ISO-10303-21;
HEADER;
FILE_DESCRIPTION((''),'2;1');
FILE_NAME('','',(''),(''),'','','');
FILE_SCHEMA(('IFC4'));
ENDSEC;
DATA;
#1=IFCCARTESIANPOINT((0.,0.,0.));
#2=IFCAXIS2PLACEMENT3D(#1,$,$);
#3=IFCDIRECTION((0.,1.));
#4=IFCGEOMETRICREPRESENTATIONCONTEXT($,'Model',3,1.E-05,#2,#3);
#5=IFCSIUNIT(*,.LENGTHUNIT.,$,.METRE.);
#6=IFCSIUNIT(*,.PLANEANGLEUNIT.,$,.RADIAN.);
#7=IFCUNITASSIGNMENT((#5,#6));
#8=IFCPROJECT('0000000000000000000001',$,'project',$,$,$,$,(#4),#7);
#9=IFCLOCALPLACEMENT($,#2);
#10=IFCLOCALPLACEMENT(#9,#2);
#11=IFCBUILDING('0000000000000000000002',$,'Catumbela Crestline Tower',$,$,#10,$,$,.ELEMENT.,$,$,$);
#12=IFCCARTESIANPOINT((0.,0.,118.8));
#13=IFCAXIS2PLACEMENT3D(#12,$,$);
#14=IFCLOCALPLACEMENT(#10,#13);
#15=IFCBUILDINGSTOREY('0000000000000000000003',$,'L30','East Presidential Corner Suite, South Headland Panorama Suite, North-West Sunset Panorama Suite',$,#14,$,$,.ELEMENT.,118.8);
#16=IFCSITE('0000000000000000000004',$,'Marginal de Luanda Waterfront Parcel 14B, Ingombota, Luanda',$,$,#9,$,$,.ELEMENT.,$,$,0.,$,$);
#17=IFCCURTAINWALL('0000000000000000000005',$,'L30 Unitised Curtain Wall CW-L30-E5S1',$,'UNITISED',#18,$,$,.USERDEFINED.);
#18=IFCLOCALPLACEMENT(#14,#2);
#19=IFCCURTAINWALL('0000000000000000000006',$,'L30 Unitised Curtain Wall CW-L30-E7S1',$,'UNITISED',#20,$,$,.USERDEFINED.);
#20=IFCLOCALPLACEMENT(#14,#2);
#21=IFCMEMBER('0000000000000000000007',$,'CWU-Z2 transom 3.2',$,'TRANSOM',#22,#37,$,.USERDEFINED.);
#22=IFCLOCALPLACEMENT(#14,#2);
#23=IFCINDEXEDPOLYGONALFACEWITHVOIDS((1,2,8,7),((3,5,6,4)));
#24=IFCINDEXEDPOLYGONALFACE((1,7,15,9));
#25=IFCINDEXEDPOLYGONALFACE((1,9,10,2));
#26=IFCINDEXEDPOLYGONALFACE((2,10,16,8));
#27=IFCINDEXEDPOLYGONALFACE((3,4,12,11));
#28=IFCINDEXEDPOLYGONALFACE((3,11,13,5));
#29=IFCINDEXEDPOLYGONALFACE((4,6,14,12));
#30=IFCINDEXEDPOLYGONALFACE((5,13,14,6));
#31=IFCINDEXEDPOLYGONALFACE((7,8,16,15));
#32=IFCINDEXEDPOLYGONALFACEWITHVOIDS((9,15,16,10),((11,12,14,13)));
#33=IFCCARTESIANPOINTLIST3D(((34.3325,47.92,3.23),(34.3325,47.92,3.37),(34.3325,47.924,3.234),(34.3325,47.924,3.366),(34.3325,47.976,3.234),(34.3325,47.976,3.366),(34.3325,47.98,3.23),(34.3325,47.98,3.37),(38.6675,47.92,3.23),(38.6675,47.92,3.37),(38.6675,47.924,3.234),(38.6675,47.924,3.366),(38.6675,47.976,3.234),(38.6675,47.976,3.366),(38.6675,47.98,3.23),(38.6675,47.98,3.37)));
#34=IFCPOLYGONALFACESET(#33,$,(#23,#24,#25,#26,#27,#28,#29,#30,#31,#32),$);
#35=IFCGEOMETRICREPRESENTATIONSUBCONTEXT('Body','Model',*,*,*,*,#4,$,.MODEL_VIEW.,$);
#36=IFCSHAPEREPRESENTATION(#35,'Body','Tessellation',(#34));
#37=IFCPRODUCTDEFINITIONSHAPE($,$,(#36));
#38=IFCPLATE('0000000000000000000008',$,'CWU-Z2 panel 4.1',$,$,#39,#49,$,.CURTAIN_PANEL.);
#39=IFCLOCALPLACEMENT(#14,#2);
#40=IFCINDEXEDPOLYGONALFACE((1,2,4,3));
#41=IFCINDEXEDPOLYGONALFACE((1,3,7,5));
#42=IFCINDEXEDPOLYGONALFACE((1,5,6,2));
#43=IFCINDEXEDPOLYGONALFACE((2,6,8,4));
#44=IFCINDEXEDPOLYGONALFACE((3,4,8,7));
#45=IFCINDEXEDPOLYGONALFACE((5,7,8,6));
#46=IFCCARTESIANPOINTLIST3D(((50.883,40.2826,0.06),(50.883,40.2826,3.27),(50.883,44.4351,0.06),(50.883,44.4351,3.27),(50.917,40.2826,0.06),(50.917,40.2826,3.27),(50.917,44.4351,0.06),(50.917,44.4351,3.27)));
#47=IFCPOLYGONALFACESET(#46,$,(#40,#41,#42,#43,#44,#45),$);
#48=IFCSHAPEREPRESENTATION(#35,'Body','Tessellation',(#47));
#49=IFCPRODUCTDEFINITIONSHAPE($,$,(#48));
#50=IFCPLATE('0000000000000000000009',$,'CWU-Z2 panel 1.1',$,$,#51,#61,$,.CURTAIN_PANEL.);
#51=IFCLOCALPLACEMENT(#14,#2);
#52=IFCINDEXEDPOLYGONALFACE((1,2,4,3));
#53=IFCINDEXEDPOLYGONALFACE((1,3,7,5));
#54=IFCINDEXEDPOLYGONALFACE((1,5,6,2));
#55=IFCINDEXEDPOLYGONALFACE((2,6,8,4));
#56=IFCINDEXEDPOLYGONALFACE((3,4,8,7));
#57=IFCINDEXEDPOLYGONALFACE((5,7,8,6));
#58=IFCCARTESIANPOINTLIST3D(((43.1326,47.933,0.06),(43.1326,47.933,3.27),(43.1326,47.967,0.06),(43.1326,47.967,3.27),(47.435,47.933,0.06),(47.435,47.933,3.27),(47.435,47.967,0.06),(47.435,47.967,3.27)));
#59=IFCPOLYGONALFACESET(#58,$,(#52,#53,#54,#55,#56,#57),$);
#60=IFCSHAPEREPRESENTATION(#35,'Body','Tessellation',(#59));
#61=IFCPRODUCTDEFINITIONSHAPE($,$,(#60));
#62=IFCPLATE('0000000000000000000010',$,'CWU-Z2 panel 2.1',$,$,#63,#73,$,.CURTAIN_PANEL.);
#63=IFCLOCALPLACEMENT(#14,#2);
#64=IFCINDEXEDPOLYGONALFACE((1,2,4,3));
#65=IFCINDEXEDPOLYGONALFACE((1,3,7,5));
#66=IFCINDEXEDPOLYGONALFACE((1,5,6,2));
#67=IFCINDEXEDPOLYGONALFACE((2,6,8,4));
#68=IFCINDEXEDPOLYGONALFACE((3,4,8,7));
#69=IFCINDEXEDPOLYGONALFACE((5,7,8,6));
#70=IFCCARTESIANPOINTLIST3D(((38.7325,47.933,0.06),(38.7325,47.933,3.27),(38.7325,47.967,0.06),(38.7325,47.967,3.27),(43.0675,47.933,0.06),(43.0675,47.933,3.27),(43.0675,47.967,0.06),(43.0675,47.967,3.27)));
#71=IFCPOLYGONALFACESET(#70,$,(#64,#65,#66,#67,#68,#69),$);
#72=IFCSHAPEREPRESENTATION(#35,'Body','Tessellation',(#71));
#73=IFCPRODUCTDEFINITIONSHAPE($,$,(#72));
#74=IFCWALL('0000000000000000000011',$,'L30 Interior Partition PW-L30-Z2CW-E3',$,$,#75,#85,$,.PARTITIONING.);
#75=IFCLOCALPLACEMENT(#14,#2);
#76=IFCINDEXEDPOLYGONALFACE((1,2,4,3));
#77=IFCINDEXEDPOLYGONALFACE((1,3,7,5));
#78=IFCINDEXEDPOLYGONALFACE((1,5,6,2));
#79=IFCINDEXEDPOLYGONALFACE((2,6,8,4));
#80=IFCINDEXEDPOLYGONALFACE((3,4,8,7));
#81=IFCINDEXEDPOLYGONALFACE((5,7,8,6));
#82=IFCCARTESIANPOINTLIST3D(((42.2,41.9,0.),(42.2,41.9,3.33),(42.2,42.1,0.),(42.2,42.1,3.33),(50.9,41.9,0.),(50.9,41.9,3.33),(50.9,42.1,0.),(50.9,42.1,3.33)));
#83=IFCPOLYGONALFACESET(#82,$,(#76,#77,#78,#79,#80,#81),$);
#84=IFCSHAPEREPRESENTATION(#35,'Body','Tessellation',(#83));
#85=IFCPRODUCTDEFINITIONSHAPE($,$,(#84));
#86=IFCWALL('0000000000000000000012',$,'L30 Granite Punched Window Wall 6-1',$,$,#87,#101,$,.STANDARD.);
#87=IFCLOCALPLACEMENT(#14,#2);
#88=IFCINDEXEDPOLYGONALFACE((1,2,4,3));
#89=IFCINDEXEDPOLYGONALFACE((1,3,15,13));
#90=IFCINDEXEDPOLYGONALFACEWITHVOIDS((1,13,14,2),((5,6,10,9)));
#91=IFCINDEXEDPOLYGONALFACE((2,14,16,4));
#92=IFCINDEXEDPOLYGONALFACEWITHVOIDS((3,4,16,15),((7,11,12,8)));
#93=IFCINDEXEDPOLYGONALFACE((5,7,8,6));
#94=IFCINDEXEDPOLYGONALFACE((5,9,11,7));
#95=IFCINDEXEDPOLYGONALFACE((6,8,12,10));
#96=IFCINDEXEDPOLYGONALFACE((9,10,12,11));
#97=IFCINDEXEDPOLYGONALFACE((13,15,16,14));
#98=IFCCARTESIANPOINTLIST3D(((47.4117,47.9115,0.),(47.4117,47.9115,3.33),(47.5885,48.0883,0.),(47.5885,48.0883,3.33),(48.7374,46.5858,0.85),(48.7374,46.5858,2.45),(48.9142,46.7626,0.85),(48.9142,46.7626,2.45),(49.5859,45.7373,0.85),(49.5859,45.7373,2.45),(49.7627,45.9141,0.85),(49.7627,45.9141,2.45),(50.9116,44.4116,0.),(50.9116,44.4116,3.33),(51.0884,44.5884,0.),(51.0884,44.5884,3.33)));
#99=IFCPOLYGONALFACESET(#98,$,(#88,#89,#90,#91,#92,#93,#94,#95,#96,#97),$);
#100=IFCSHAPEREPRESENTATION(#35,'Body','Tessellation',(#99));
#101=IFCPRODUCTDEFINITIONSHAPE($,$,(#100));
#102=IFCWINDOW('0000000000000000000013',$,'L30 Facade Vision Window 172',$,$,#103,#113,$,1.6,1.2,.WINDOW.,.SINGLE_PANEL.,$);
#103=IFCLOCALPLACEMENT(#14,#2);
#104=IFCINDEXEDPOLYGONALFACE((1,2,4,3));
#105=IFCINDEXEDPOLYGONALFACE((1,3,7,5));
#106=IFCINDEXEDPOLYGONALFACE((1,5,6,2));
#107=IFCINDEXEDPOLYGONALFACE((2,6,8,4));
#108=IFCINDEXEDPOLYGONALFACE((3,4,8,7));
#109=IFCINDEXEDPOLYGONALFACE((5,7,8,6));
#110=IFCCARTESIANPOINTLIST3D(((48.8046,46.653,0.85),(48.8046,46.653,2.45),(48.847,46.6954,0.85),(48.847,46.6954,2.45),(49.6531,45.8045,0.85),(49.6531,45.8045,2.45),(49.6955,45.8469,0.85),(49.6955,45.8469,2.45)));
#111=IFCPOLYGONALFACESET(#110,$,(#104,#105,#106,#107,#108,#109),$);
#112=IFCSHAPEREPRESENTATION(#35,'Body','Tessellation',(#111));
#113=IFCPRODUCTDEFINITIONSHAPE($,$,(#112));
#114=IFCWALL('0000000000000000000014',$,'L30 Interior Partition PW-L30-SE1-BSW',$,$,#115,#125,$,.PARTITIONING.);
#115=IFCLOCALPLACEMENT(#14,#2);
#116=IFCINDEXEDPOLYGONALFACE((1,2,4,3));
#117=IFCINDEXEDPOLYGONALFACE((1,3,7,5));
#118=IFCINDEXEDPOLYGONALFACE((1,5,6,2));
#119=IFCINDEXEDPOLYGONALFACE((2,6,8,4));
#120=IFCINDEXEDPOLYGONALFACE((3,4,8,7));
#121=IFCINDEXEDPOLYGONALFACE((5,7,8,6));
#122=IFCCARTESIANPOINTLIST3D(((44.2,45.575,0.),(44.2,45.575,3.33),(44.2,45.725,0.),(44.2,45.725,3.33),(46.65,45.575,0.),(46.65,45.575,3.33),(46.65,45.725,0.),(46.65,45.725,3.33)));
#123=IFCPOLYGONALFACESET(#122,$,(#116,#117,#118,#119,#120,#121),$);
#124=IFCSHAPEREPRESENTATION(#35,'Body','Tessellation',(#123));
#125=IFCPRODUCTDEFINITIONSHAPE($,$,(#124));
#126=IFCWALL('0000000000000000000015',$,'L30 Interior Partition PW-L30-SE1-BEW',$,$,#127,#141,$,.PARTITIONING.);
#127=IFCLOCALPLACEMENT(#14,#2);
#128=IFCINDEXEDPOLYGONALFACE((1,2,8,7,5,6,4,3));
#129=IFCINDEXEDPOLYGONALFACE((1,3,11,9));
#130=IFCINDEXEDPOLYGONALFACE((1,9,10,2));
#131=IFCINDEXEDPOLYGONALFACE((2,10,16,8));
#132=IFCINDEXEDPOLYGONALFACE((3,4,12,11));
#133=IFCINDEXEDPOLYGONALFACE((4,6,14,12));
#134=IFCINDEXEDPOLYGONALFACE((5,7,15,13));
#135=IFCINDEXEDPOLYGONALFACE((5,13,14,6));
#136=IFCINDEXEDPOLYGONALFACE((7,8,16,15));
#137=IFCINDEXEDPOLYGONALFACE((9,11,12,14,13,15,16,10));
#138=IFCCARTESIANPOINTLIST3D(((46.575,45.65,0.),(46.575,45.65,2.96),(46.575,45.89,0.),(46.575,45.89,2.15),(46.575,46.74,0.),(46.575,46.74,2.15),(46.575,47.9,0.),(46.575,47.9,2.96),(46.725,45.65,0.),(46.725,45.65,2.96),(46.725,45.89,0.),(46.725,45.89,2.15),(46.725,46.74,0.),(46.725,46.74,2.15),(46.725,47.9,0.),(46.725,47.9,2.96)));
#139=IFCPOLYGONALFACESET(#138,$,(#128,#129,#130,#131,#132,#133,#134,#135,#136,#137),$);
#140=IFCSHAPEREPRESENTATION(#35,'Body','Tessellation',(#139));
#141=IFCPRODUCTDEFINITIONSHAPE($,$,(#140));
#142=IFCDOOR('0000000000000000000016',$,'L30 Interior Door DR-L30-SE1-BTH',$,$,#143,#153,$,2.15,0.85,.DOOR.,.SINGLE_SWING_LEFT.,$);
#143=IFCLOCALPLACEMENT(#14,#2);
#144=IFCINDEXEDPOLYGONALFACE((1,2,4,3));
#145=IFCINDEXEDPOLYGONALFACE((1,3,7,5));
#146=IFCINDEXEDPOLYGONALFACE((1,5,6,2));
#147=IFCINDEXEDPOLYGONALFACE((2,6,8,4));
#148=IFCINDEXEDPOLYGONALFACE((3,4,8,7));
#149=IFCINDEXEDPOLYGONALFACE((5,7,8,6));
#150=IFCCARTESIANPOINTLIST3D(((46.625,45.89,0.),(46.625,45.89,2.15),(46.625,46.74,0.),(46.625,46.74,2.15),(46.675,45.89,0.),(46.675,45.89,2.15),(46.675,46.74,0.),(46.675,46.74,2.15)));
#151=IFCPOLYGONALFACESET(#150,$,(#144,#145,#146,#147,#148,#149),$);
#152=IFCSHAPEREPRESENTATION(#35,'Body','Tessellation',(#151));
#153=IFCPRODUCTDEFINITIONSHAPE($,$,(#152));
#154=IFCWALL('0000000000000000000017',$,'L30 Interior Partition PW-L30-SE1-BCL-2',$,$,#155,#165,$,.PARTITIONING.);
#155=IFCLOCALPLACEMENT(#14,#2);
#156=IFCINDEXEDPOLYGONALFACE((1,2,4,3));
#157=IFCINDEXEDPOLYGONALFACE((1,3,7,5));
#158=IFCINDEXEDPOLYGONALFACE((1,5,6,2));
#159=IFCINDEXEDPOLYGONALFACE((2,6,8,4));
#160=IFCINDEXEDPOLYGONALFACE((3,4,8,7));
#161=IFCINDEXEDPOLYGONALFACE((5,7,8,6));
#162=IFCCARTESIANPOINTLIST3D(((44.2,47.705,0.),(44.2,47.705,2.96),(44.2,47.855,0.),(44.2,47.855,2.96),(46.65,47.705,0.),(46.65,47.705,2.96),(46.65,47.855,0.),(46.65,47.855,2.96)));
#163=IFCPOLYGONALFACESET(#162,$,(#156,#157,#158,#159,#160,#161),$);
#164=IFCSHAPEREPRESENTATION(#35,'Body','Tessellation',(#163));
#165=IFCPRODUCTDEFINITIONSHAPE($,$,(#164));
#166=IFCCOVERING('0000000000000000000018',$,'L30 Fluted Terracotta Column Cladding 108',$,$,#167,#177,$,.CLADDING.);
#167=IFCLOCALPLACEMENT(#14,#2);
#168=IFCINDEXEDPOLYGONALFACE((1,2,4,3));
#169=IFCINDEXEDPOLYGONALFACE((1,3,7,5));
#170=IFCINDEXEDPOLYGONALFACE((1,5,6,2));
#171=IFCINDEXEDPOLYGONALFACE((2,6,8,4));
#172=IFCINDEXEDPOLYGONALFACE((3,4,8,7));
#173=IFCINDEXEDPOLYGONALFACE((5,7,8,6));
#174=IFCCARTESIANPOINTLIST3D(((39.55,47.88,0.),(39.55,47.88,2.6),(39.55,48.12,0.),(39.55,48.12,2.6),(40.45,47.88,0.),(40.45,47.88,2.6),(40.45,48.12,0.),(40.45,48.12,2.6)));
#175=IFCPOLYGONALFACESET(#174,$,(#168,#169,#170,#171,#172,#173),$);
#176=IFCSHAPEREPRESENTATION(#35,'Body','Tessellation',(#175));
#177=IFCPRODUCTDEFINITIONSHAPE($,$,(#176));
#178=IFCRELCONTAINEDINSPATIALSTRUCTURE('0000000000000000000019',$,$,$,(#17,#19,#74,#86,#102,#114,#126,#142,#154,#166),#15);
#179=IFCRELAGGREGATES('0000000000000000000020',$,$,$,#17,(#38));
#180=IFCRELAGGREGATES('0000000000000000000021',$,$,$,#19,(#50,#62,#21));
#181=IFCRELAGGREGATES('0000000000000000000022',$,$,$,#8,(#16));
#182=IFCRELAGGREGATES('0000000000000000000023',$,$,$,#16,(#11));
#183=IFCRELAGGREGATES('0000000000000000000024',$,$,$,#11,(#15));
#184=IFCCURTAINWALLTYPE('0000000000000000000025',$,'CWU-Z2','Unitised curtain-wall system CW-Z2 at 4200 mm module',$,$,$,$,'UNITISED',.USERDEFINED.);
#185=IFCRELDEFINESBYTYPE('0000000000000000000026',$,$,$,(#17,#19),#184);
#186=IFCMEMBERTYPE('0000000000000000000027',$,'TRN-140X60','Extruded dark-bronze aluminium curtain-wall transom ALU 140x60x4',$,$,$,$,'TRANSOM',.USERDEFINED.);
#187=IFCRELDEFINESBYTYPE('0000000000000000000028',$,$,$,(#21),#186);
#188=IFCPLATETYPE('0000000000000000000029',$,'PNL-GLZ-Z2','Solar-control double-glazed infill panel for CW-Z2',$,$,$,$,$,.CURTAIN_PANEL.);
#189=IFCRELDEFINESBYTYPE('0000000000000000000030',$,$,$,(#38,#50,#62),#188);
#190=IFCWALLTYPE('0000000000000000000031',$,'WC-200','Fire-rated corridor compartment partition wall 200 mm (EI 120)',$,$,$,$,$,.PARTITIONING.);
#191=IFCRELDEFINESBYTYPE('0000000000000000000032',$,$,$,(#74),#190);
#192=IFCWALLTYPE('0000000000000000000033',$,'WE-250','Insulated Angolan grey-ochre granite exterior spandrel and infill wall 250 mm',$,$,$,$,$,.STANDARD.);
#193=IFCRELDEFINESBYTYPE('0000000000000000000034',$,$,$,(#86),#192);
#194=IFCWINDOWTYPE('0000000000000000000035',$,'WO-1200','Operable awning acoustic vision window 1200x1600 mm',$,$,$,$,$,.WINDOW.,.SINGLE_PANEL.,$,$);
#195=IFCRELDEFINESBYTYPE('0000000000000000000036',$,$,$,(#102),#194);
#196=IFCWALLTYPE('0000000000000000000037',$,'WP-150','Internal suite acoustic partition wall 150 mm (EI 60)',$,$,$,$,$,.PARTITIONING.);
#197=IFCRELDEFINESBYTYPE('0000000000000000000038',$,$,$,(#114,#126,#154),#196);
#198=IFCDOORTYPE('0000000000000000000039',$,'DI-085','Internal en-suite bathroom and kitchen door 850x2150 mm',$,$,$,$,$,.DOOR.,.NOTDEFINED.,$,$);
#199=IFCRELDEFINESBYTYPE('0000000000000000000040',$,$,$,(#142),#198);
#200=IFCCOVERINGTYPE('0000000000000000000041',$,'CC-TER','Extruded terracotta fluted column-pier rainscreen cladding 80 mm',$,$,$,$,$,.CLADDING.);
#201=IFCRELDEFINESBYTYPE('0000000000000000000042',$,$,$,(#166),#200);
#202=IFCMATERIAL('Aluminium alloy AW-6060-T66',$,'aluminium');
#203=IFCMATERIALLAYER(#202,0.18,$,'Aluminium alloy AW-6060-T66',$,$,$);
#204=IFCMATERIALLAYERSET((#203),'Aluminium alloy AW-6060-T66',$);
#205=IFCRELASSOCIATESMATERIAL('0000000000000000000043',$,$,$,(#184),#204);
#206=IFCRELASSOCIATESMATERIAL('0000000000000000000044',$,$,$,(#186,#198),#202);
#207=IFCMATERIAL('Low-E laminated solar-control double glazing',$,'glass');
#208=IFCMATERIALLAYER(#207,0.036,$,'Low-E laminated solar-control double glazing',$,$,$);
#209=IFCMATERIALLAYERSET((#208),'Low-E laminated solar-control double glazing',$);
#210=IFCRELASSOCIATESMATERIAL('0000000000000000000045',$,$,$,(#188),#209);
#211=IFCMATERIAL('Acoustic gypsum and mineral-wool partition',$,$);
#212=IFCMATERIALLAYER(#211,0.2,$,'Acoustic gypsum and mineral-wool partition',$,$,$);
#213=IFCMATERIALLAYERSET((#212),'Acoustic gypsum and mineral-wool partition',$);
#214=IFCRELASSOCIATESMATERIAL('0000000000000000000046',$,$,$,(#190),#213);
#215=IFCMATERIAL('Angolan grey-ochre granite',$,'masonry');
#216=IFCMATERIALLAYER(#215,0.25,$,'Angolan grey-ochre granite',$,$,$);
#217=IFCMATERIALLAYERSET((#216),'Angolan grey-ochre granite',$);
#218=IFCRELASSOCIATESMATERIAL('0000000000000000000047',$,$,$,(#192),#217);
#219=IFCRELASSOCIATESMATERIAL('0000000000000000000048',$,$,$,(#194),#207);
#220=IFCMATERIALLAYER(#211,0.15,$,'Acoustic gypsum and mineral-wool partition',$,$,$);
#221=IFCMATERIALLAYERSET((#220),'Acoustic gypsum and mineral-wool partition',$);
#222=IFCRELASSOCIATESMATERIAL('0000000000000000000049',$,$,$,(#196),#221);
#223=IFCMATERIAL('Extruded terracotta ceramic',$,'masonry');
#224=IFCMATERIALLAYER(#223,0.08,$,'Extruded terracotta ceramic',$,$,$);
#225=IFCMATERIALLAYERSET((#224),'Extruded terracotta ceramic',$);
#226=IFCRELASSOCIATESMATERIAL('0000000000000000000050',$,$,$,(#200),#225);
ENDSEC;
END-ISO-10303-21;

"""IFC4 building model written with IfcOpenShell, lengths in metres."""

from ifc_helpers import new_model, si_unit, direction, frame, frame_2d, origin, origin_2d, place, context, subcontext, project, spatial, rectangle, hollow_rectangle, extrude, material, layer, layer_set, material_profile, profile_set, type_object, element, fill, aggregate, save


model = new_model("IFC4")

# Units and contexts
model_context = context("Model", 3, precision=1e-05, world=origin(), true_north=direction((0.0, 1.0)))
body_context = subcontext(model_context, "Body", "Model", "MODEL_VIEW")
ifc_project = project(units=[si_unit("LENGTHUNIT", "METRE"), si_unit("PLANEANGLEUNIT", "RADIAN")], contexts=[model_context])

# Site, building, storey
site_placement = place(None, origin())
site = spatial("IfcSite", under=ifc_project, at=site_placement, Name="Marginal de Luanda Waterfront Parcel 14B, Ingombota, Luanda", CompositionType="ELEMENT", RefElevation=0.0)
building_placement = place(site_placement, origin())
building = spatial("IfcBuilding", under=site, at=building_placement, Name="Catumbela Crestline Tower", CompositionType="ELEMENT")
storey_placement = place(building_placement, frame((0.0, 0.0, 118.8)))
storey = spatial("IfcBuildingStorey", under=building, at=storey_placement, Name="L30", Description="East Presidential Corner Suite, South Headland Panorama Suite, North-West Sunset Panorama Suite", CompositionType="ELEMENT", Elevation=118.8)

# Curtain walls
ifc_material_1 = material(Name="Aluminium alloy AW-6060-T66", Category="aluminium")
ifc_layer_1 = layer(ifc_material_1, 0.18, Name="Aluminium alloy AW-6060-T66")
ifc_layer_set_1 = layer_set([ifc_layer_1], Name="Aluminium alloy AW-6060-T66")
curtain_wall_type = type_object("IfcCurtainWallType", Name="CWU-Z2", Description="Unitised curtain-wall system CW-Z2 at 4200 mm module", ElementType="UNITISED", PredefinedType="USERDEFINED", material=ifc_layer_set_1)
curtain_wall_1_placement = place(storey_placement, origin())
curtain_wall_1 = element("IfcCurtainWall", 1, at=curtain_wall_1_placement, inside=storey, type_object=curtain_wall_type, Name="L30 Unitised Curtain Wall CW-L30-E5S1", ObjectType="UNITISED", PredefinedType="USERDEFINED")
curtain_wall_2_placement = place(storey_placement, origin())
curtain_wall_2 = element("IfcCurtainWall", 2, at=curtain_wall_2_placement, inside=storey, type_object=curtain_wall_type, Name="L30 Unitised Curtain Wall CW-L30-E7S1", ObjectType="UNITISED", PredefinedType="USERDEFINED")

# Member
ifc_material_profile_1 = material_profile(ifc_material_1, hollow_rectangle(XDim=0.06, YDim=0.14, WallThickness=0.004, at=origin_2d()), Name="ALU 140x60x4")
ifc_profile_set_1 = profile_set([ifc_material_profile_1], Name="Aluminium alloy AW-6060-T66")
member_type_1 = type_object("IfcMemberType", Name="TRN-140X60", Description="Extruded dark-bronze aluminium curtain-wall transom ALU 140x60x4", ElementType="TRANSOM", PredefinedType="USERDEFINED", material=ifc_profile_set_1)
member_1_placement = place(storey_placement, frame((38.6675, 47.95, 3.3), z_axis=(-1.0, 0.0, 0.0), x_axis=(0.0, -1.0, 0.0)))
member_1 = element("IfcMember", 3, at=member_1_placement, type_object=member_type_1, Name="CWU-Z2 transom 3.2", ObjectType="TRANSOM", PredefinedType="USERDEFINED", context=body_context, shape_type="SweptSolid", body=[
    extrude(hollow_rectangle(XDim=0.06, YDim=0.14, WallThickness=0.004, at=origin_2d()), origin(), (0.0, 0.0, 1.0), 4.335),
])

# Plates
ifc_material_2 = material(Name="Low-E laminated solar-control double glazing", Category="glass")
ifc_layer_2 = layer(ifc_material_2, 0.036, Name="Low-E laminated solar-control double glazing")
ifc_layer_set_2 = layer_set([ifc_layer_2], Name="Low-E laminated solar-control double glazing")
plate_type = type_object("IfcPlateType", Name="PNL-GLZ-Z2", Description="Solar-control double-glazed infill panel for CW-Z2", PredefinedType="CURTAIN_PANEL", material=ifc_layer_set_2)
plate_1_placement = place(storey_placement, frame((50.9, 42.3588, 0.06), z_axis=(0.0, 0.0, 1.0), x_axis=(0.0, 1.0, 0.0)))
plate_1 = element("IfcPlate", 4, at=plate_1_placement, type_object=plate_type, Name="CWU-Z2 panel 4.1", PredefinedType="CURTAIN_PANEL", context=body_context, shape_type="SweptSolid", body=[
    extrude(rectangle(XDim=4.1525, YDim=0.034, at=origin_2d()), origin(), (0.0, 0.0, 1.0), 3.21),
])
aggregate(curtain_wall_1, [plate_1])
plate_2_placement = place(storey_placement, frame((45.2838, 47.95, 0.06), z_axis=(0.0, 0.0, 1.0), x_axis=(-1.0, 0.0, 0.0)))
plate_2 = element("IfcPlate", 5, at=plate_2_placement, type_object=plate_type, Name="CWU-Z2 panel 1.1", PredefinedType="CURTAIN_PANEL", context=body_context, shape_type="SweptSolid", body=[
    extrude(rectangle(XDim=4.3025, YDim=0.034, at=origin_2d()), origin(), (0.0, 0.0, 1.0), 3.21),
])
plate_3_placement = place(storey_placement, frame((40.9, 47.95, 0.06), z_axis=(0.0, 0.0, 1.0), x_axis=(-1.0, 0.0, 0.0)))
plate_3 = element("IfcPlate", 6, at=plate_3_placement, type_object=plate_type, Name="CWU-Z2 panel 2.1", PredefinedType="CURTAIN_PANEL", context=body_context, shape_type="SweptSolid", body=[
    extrude(rectangle(XDim=4.335, YDim=0.034, at=origin_2d()), origin(), (0.0, 0.0, 1.0), 3.21),
])
aggregate(curtain_wall_2, [plate_2, plate_3, member_1])

# Wall
ifc_material_3 = material(Name="Acoustic gypsum and mineral-wool partition")
ifc_layer_3 = layer(ifc_material_3, 0.2, Name="Acoustic gypsum and mineral-wool partition")
ifc_layer_set_3 = layer_set([ifc_layer_3], Name="Acoustic gypsum and mineral-wool partition")
wall_type_1 = type_object("IfcWallType", Name="WC-200", Description="Fire-rated corridor compartment partition wall 200 mm (EI 120)", PredefinedType="PARTITIONING", material=ifc_layer_set_3)
wall_1_placement = place(storey_placement, frame((42.2, 42.0, 0.0), z_axis=(0.0, 0.0, 1.0), x_axis=(1.0, 0.0, 0.0)))
element("IfcWall", 7, at=wall_1_placement, inside=storey, type_object=wall_type_1, Name="L30 Interior Partition PW-L30-Z2CW-E3", PredefinedType="PARTITIONING", context=body_context, shape_type="SweptSolid", body=[
    extrude(rectangle(XDim=8.7, YDim=0.2, at=frame_2d((4.35, 0.0))), origin(), (0.0, 0.0, 1.0), 3.33),
])

# Wall, opening, window
ifc_material_4 = material(Name="Angolan grey-ochre granite", Category="masonry")
ifc_layer_4 = layer(ifc_material_4, 0.25, Name="Angolan grey-ochre granite")
ifc_layer_set_4 = layer_set([ifc_layer_4], Name="Angolan grey-ochre granite")
wall_type_2 = type_object("IfcWallType", Name="WE-250", Description="Insulated Angolan grey-ochre granite exterior spandrel and infill wall 250 mm", PredefinedType="STANDARD", material=ifc_layer_set_4)
wall_2_placement = place(storey_placement, frame((51.0, 44.5, 0.0), z_axis=(0.0, 0.0, 1.0), x_axis=(-0.707107, 0.707107, 0.0)))
wall_2 = element("IfcWall", 8, at=wall_2_placement, inside=storey, type_object=wall_type_2, Name="L30 Granite Punched Window Wall 6-1", PredefinedType="STANDARD", context=body_context, shape_type="SweptSolid", body=[
    extrude(rectangle(XDim=4.9497, YDim=0.25, at=frame_2d((2.4748, 0.0))), origin(), (0.0, 0.0, 1.0), 3.33),
])
opening_1_placement = place(wall_2_placement, frame((1.8748, 0.0, 0.85)))
opening_1 = element("IfcOpeningElement", 9, at=opening_1_placement, cuts=wall_2, PredefinedType="OPENING", context=body_context, shape_type="SweptSolid", body=[
    extrude(rectangle(XDim=1.2, YDim=1.6, at=frame_2d((0.6, 0.8))), frame((0.0, 0.135, 0.0), z_axis=(0.0, -1.0, 0.0), x_axis=(1.0, 0.0, 0.0)), (0.0, 0.0, 1.0), 0.27),
])
window_type = type_object("IfcWindowType", Name="WO-1200", Description="Operable awning acoustic vision window 1200x1600 mm", PartitioningType="SINGLE_PANEL", PredefinedType="WINDOW", material=ifc_material_2)
window_placement = place(opening_1_placement, origin())
window = element("IfcWindow", 10, at=window_placement, inside=storey, type_object=window_type, Name="L30 Facade Vision Window 172", OverallHeight=1.6, OverallWidth=1.2, PartitioningType="SINGLE_PANEL", PredefinedType="WINDOW", context=body_context, shape_type="SweptSolid", body=[
    extrude(rectangle(XDim=1.2, YDim=1.6, at=frame_2d((0.6, 0.8))), frame((0.0, 0.03, 0.0), z_axis=(0.0, -1.0, 0.0), x_axis=(1.0, 0.0, 0.0)), (0.0, 0.0, 1.0), 0.06),
])
fill(opening_1, window)

# Wall
ifc_layer_5 = layer(ifc_material_3, 0.15, Name="Acoustic gypsum and mineral-wool partition")
ifc_layer_set_5 = layer_set([ifc_layer_5], Name="Acoustic gypsum and mineral-wool partition")
wall_type_3 = type_object("IfcWallType", Name="WP-150", Description="Internal suite acoustic partition wall 150 mm (EI 60)", PredefinedType="PARTITIONING", material=ifc_layer_set_5)
wall_3_placement = place(storey_placement, frame((44.2, 45.65, 0.0), z_axis=(0.0, 0.0, 1.0), x_axis=(1.0, 0.0, 0.0)))
element("IfcWall", 11, at=wall_3_placement, inside=storey, type_object=wall_type_3, Name="L30 Interior Partition PW-L30-SE1-BSW", PredefinedType="PARTITIONING", context=body_context, shape_type="SweptSolid", body=[
    extrude(rectangle(XDim=2.45, YDim=0.15, at=frame_2d((1.225, 0.0))), origin(), (0.0, 0.0, 1.0), 3.33),
])

# Wall, opening, door
wall_4_placement = place(storey_placement, frame((46.65, 45.65, 0.0), z_axis=(0.0, 0.0, 1.0), x_axis=(0.0, 1.0, 0.0)))
wall_4 = element("IfcWall", 12, at=wall_4_placement, inside=storey, type_object=wall_type_3, Name="L30 Interior Partition PW-L30-SE1-BEW", PredefinedType="PARTITIONING", context=body_context, shape_type="SweptSolid", body=[
    extrude(rectangle(XDim=2.25, YDim=0.15, at=frame_2d((1.125, 0.0))), origin(), (0.0, 0.0, 1.0), 2.96),
])
opening_2_placement = place(wall_4_placement, frame((0.24, 0.0, 0.0)))
opening_2 = element("IfcOpeningElement", 13, at=opening_2_placement, cuts=wall_4, PredefinedType="OPENING", context=body_context, shape_type="SweptSolid", body=[
    extrude(rectangle(XDim=0.85, YDim=2.15, at=frame_2d((0.425, 1.075))), frame((0.0, 0.085, 0.0), z_axis=(0.0, -1.0, 0.0), x_axis=(1.0, 0.0, 0.0)), (0.0, 0.0, 1.0), 0.17),
])
door_type = type_object("IfcDoorType", Name="DI-085", Description="Internal en-suite bathroom and kitchen door 850x2150 mm", OperationType="NOTDEFINED", PredefinedType="DOOR", material=ifc_material_1)
door_placement = place(opening_2_placement, origin())
door = element("IfcDoor", 14, at=door_placement, inside=storey, type_object=door_type, Name="L30 Interior Door DR-L30-SE1-BTH", OperationType="SINGLE_SWING_LEFT", OverallHeight=2.15, OverallWidth=0.85, PredefinedType="DOOR", context=body_context, shape_type="SweptSolid", body=[
    extrude(rectangle(XDim=0.85, YDim=2.15, at=frame_2d((0.425, 1.075))), frame((0.0, 0.025, 0.0), z_axis=(0.0, -1.0, 0.0), x_axis=(1.0, 0.0, 0.0)), (0.0, 0.0, 1.0), 0.05),
])
fill(opening_2, door)

# Wall
wall_5_placement = place(storey_placement, frame((44.2, 47.78, 0.0), z_axis=(0.0, 0.0, 1.0), x_axis=(1.0, 0.0, 0.0)))
element("IfcWall", 15, at=wall_5_placement, inside=storey, type_object=wall_type_3, Name="L30 Interior Partition PW-L30-SE1-BCL-2", PredefinedType="PARTITIONING", context=body_context, shape_type="SweptSolid", body=[
    extrude(rectangle(XDim=2.45, YDim=0.15, at=frame_2d((1.225, 0.0))), origin(), (0.0, 0.0, 1.0), 2.96),
])

# Covering
ifc_material_5 = material(Name="Extruded terracotta ceramic", Category="masonry")
ifc_layer_6 = layer(ifc_material_5, 0.08, Name="Extruded terracotta ceramic")
ifc_layer_set_6 = layer_set([ifc_layer_6], Name="Extruded terracotta ceramic")
covering_type = type_object("IfcCoveringType", Name="CC-TER", Description="Extruded terracotta fluted column-pier rainscreen cladding 80 mm", PredefinedType="CLADDING", material=ifc_layer_set_6)
covering_placement = place(storey_placement, frame((40.0, 48.0, 0.0), z_axis=(0.0, 0.0, 1.0), x_axis=(-1.0, 0.0, 0.0)))
element("IfcCovering", 16, at=covering_placement, inside=storey, type_object=covering_type, Name="L30 Fluted Terracotta Column Cladding 108", PredefinedType="CLADDING", context=body_context, shape_type="SweptSolid", body=[
    extrude(rectangle(XDim=0.9, YDim=0.24, at=origin_2d()), origin(), (0.0, 0.0, 1.0), 2.6),
])

save(model, "model.ifc")
